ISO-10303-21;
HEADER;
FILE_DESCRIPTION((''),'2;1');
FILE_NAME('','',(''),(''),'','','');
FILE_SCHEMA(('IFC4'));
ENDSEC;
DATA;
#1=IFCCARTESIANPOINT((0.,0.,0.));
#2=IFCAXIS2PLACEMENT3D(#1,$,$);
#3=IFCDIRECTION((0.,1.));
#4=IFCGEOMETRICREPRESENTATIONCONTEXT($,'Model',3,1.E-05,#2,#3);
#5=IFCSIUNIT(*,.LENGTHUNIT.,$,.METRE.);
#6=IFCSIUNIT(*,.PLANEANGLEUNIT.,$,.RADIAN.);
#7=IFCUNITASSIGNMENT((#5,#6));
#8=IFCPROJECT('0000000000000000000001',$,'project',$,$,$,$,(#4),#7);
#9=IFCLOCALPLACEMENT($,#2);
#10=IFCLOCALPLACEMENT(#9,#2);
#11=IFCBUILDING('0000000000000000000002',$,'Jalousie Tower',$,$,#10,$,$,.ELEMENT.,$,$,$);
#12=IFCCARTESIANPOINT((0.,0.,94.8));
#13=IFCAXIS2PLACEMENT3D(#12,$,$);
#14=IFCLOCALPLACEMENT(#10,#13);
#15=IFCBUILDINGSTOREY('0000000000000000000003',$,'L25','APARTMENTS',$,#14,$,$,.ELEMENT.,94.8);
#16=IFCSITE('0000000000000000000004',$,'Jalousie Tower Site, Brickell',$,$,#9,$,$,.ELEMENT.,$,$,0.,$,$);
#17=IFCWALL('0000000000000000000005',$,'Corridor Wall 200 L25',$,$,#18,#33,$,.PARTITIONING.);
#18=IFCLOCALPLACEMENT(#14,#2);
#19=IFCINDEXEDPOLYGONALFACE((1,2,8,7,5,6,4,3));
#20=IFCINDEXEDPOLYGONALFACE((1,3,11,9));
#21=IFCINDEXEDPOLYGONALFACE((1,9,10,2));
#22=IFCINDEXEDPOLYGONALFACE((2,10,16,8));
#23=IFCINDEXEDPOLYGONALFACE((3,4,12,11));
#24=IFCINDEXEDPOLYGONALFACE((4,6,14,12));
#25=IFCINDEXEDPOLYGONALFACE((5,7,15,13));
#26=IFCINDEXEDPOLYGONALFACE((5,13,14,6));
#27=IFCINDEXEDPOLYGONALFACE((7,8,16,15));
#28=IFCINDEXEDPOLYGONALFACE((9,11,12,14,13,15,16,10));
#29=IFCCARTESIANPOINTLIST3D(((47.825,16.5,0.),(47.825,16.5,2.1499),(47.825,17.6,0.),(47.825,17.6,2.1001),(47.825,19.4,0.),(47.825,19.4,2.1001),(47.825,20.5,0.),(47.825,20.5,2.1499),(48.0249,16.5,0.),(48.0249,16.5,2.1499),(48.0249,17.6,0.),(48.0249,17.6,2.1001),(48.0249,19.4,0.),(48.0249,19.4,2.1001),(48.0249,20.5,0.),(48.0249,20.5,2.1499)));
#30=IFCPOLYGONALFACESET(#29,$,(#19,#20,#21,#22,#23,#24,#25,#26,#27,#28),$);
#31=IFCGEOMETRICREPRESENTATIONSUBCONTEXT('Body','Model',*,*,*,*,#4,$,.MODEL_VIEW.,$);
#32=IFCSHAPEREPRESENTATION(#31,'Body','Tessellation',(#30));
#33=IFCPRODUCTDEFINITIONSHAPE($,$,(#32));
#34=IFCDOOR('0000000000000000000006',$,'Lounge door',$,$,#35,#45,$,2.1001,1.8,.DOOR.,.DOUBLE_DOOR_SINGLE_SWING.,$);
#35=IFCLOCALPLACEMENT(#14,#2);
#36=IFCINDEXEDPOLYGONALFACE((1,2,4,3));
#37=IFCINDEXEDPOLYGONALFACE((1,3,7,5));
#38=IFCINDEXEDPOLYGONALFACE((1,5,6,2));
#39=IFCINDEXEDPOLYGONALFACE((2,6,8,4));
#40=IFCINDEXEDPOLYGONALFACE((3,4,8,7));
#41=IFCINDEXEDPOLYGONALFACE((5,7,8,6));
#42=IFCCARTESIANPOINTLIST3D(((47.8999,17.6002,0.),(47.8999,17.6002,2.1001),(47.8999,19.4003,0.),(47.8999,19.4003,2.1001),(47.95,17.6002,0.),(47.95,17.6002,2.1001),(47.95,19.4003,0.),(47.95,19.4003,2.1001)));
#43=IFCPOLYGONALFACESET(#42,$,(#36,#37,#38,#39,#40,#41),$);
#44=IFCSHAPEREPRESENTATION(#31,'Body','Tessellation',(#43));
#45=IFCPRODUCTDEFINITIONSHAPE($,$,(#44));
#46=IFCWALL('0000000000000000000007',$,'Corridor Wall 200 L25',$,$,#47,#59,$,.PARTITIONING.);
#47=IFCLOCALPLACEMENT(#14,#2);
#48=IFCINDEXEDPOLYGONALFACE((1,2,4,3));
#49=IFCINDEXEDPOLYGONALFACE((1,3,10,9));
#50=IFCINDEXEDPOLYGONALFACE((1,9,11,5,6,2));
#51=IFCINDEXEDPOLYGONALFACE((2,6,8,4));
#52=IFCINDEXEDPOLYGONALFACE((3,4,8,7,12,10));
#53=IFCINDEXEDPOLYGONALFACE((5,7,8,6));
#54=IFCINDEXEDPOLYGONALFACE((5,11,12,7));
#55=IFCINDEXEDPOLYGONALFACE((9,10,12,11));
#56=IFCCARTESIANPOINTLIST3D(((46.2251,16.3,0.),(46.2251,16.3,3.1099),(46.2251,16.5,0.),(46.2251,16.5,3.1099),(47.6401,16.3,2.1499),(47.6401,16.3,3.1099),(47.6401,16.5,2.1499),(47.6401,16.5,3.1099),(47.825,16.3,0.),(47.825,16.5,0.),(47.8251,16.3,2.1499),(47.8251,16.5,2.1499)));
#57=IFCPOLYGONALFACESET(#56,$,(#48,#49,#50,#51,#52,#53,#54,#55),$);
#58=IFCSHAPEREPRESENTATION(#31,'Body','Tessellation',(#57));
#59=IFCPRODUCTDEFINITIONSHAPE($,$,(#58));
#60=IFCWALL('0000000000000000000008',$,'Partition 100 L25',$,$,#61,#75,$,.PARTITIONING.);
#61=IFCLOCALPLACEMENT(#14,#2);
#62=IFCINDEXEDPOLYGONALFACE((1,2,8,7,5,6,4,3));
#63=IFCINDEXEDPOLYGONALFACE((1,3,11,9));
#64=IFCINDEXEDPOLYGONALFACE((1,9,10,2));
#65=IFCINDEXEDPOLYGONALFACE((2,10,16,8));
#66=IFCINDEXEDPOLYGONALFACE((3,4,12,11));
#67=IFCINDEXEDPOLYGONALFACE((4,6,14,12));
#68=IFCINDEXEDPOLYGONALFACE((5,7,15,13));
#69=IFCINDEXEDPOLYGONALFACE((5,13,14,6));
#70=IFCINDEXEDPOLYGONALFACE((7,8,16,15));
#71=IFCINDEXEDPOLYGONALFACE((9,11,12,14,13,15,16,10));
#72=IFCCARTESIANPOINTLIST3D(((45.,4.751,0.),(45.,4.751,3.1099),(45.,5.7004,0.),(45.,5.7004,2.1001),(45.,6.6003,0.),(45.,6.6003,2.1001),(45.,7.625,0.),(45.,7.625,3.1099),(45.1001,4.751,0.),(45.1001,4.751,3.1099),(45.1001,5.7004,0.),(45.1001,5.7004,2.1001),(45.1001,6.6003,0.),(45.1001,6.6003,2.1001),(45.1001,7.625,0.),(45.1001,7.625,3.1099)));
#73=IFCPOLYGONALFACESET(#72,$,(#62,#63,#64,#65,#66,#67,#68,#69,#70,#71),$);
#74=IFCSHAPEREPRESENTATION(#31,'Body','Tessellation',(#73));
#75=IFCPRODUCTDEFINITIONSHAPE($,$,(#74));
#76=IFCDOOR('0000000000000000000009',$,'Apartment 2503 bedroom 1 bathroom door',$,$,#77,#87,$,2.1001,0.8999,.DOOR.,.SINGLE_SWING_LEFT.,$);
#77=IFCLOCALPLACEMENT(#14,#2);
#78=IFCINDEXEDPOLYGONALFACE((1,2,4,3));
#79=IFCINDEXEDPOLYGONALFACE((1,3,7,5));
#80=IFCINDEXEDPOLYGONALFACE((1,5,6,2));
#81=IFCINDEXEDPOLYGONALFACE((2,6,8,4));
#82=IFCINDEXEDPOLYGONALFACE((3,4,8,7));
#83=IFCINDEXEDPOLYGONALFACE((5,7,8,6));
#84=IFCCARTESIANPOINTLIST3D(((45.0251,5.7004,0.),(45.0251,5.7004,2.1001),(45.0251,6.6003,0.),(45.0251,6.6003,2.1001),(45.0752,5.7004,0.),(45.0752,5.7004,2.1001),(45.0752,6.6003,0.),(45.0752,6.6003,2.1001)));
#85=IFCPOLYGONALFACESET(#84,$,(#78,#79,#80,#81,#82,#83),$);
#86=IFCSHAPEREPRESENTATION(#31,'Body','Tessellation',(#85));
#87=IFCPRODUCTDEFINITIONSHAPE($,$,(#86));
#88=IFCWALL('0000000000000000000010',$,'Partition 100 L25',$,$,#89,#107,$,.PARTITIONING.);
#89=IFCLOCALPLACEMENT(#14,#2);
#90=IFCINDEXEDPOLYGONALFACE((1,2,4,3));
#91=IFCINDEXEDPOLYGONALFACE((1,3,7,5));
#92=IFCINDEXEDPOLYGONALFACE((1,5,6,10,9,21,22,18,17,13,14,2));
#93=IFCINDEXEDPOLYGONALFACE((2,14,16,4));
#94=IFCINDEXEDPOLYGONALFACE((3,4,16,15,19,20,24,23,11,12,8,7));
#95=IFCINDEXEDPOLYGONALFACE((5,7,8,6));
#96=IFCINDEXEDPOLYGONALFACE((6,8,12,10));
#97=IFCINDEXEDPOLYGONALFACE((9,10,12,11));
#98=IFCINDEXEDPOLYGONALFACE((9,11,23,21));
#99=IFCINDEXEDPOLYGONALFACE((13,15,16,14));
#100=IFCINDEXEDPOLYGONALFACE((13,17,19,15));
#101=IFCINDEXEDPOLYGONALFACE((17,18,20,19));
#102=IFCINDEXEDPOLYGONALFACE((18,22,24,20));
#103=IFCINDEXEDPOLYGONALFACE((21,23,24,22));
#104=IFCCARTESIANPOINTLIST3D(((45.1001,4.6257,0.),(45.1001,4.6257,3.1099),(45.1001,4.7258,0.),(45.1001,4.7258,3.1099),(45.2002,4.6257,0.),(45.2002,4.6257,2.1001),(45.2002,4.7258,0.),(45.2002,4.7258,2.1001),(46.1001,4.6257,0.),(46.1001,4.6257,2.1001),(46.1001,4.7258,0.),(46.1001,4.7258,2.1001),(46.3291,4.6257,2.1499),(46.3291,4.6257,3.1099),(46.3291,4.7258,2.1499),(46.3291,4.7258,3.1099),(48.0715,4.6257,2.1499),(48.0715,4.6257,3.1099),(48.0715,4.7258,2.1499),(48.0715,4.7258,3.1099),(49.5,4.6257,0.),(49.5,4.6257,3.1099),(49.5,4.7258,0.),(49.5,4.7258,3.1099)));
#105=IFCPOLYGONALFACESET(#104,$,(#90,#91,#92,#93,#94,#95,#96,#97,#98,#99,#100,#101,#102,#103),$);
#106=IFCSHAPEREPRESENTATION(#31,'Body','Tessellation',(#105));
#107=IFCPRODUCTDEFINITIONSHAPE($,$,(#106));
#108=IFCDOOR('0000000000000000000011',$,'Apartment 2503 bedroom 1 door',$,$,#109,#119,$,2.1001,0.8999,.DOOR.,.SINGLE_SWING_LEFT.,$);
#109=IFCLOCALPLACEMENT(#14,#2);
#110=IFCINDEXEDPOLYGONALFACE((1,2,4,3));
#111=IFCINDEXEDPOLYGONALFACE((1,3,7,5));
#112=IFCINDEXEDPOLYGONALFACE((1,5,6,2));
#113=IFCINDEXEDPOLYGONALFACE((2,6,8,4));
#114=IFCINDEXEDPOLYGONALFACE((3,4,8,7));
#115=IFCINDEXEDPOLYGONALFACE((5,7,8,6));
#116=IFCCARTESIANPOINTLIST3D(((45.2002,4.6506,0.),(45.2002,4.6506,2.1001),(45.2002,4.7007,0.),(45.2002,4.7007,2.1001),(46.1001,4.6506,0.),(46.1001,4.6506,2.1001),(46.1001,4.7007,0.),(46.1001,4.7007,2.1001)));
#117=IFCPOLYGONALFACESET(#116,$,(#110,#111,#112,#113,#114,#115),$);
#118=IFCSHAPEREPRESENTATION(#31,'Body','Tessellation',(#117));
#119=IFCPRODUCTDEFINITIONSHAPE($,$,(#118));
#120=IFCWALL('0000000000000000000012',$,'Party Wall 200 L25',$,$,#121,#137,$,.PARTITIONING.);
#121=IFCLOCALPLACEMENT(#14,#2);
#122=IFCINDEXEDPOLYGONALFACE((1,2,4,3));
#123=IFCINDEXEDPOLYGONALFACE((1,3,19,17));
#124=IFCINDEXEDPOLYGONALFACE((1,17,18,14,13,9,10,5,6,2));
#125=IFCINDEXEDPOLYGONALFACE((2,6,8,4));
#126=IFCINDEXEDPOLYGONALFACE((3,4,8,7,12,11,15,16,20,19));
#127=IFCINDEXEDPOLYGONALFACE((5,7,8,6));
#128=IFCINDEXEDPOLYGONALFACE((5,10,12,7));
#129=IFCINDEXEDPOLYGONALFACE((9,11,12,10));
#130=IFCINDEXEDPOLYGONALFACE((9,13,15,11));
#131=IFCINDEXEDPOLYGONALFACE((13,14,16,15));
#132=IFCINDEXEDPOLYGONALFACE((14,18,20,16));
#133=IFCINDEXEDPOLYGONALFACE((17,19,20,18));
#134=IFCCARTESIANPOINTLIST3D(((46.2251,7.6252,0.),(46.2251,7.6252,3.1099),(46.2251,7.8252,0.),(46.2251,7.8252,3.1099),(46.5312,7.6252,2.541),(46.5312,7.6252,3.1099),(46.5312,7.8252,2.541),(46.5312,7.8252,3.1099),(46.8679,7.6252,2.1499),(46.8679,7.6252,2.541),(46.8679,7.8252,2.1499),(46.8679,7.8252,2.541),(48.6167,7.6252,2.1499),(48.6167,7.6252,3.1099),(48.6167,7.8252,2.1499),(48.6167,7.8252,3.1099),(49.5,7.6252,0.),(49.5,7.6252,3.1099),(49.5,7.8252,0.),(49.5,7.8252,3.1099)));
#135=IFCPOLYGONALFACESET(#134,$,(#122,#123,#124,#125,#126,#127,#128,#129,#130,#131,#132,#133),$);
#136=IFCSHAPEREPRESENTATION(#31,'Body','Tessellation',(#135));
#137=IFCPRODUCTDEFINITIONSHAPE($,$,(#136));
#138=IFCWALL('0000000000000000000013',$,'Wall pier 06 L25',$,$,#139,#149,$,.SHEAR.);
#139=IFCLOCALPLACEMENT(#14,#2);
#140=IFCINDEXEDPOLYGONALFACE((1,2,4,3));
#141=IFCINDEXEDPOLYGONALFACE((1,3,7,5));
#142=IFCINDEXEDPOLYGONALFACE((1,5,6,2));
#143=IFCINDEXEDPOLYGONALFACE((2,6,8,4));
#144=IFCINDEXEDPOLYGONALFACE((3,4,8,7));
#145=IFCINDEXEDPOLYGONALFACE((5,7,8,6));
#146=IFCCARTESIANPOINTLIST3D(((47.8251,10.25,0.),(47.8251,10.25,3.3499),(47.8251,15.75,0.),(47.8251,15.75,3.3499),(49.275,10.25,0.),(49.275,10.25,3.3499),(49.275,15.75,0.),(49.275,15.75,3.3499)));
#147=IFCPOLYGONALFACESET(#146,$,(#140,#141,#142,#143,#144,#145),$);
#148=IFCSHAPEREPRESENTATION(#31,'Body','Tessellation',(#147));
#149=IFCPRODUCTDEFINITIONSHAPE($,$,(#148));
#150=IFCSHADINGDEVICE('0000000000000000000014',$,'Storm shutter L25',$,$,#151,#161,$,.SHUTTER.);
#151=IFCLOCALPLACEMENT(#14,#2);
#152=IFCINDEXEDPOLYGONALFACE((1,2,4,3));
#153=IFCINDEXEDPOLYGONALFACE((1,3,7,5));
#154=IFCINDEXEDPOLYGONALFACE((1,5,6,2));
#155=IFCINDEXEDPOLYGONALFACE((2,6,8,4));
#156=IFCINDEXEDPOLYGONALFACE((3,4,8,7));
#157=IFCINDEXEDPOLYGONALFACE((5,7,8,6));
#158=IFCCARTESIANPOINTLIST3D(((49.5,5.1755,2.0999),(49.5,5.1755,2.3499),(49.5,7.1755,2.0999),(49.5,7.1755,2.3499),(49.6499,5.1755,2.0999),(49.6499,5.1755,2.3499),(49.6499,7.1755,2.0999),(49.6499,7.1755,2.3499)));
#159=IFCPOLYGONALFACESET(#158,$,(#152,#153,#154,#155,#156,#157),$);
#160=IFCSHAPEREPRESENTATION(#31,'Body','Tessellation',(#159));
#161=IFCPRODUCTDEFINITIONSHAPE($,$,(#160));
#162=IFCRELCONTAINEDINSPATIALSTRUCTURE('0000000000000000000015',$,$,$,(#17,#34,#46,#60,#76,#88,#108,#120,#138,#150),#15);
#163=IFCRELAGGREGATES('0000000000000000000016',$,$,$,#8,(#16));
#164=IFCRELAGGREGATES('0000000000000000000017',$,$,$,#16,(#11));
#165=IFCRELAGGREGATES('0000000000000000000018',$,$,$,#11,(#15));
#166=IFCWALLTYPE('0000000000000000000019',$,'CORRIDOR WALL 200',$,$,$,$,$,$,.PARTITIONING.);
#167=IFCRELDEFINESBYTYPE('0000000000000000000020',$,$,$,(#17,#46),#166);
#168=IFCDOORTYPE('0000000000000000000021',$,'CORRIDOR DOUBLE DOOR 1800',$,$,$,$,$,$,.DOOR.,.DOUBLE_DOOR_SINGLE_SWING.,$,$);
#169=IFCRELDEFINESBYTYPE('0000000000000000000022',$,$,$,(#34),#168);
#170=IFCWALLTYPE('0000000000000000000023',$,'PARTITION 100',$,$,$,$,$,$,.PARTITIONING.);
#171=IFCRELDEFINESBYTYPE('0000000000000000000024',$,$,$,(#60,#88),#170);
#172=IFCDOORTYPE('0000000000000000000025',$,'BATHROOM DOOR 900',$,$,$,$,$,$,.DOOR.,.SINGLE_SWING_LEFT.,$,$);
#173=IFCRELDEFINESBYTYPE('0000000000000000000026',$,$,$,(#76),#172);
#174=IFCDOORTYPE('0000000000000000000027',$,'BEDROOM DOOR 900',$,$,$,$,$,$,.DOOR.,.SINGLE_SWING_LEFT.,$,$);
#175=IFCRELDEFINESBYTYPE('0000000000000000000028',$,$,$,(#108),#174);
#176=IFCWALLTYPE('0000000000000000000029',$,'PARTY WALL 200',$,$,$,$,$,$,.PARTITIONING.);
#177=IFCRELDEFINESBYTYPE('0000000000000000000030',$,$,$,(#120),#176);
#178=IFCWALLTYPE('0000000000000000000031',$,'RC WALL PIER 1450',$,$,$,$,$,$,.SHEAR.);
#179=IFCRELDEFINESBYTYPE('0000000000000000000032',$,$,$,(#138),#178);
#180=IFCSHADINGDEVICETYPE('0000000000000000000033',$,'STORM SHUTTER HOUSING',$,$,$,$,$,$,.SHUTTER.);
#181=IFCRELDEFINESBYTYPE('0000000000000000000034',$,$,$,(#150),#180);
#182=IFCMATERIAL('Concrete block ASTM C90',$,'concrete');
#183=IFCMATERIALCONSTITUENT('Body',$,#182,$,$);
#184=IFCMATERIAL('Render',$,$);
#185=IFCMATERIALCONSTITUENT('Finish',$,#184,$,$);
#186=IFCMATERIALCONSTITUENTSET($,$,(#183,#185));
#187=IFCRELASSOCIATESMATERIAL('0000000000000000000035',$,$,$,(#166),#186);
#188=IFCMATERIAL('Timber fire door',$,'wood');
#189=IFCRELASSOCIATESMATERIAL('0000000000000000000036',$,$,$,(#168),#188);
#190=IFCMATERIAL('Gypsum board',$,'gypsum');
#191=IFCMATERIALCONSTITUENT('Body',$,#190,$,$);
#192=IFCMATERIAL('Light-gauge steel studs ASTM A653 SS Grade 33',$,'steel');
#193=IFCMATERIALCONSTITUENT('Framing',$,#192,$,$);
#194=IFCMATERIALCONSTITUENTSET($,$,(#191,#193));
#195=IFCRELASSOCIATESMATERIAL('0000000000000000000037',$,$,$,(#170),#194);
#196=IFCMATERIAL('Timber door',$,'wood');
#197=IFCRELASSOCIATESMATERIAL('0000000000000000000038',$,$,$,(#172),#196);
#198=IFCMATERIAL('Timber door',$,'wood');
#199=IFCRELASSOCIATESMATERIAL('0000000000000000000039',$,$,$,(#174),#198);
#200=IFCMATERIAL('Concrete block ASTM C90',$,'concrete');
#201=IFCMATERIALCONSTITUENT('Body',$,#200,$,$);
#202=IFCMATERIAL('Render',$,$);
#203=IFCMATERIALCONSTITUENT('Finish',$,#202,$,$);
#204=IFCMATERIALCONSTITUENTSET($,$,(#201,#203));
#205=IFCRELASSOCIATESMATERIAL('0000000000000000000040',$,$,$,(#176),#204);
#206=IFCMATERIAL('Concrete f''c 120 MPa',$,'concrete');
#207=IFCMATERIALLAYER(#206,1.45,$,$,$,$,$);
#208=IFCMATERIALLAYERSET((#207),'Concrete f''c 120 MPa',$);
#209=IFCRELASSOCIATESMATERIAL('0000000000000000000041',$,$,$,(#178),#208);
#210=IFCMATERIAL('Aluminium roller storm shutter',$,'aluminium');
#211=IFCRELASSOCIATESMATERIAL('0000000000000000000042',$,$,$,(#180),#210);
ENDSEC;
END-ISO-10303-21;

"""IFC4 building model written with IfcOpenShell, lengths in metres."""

from ifc_helpers import new_model, si_unit, direction, frame, frame_2d, origin, origin_2d, place, context, subcontext, project, spatial, polyline, rectangle, outline, extrude, material, layer, layer_set, constituent, constituent_set, type_object, element, fill, save


model = new_model("IFC4")

# Units and contexts
model_context = context("Model", 3, precision=1e-05, world=origin(), true_north=direction((0.0, 1.0)))
body_context = subcontext(model_context, "Body", "Model", "MODEL_VIEW")
ifc_project = project(units=[si_unit("LENGTHUNIT", "METRE"), si_unit("PLANEANGLEUNIT", "RADIAN")], contexts=[model_context])

# Site, building, storey
site_placement = place(None, origin())
site = spatial("IfcSite", under=ifc_project, at=site_placement, Name="Jalousie Tower Site, Brickell", CompositionType="ELEMENT", RefElevation=0.0)
building_placement = place(site_placement, origin())
building = spatial("IfcBuilding", under=site, at=building_placement, Name="Jalousie Tower", CompositionType="ELEMENT")
storey_placement = place(building_placement, frame((0.0, 0.0, 94.8)))
storey = spatial("IfcBuildingStorey", under=building, at=storey_placement, Name="L25", Description="APARTMENTS", CompositionType="ELEMENT", Elevation=94.8)

# Shared definitions
ifc_material_1 = material(Name="Concrete block ASTM C90", Category="concrete")
ifc_constituent_1 = constituent(ifc_material_1, Name="Body")
ifc_material_2 = material(Name="Render")
ifc_constituent_2 = constituent(ifc_material_2, Name="Finish")
ifc_constituent_set_1 = constituent_set(constituents=[ifc_constituent_1, ifc_constituent_2])
wall_type_1 = type_object("IfcWallType", Name="CORRIDOR WALL 200", PredefinedType="PARTITIONING", material=ifc_constituent_set_1)

# Wall, opening, door
wall_1_placement = place(storey_placement, frame((47.925, 16.5, 0.0), z_axis=(0.0, 0.0, 1.0), x_axis=(0.0, 1.0, 0.0)))
wall_1 = element("IfcWall", 1, at=wall_1_placement, inside=storey, type_object=wall_type_1, Name="Corridor Wall 200 L25", PredefinedType="PARTITIONING", context=body_context, shape_type="SweptSolid", body=[
    extrude(outline(polyline([(0.0, 0.0), (4.0, 0.0), (4.0, 3.1099), (4.0, 2.1499), (0.0, 2.1499), (0.0, 3.1099), (0.0, 0.0)])), frame((0.0, 0.1001, 0.0), z_axis=(0.0, -1.0, 0.0), x_axis=(1.0, 0.0, 0.0)), (0.0, 0.0, 1.0), 0.2),
])
opening_1_placement = place(wall_1_placement, frame((1.1001, 0.0, 0.0)))
opening_1 = element("IfcOpeningElement", 2, at=opening_1_placement, cuts=wall_1, PredefinedType="OPENING", context=body_context, shape_type="SweptSolid", body=[
    extrude(rectangle(XDim=1.8, YDim=2.1001, at=frame_2d((0.8999, 1.05))), frame((0.0, 0.1099, 0.0), z_axis=(0.0, -1.0, 0.0), x_axis=(1.0, 0.0, 0.0)), (0.0, 0.0, 1.0), 0.22),
])
ifc_material_3 = material(Name="Timber fire door", Category="wood")
door_type_1 = type_object("IfcDoorType", Name="CORRIDOR DOUBLE DOOR 1800", OperationType="DOUBLE_DOOR_SINGLE_SWING", PredefinedType="DOOR", material=ifc_material_3)
door_1_placement = place(opening_1_placement, frame((1.8, 0.0, 0.0), z_axis=(0.0, 0.0, 1.0), x_axis=(-1.0, 0.0, 0.0)))
door_1 = element("IfcDoor", 3, at=door_1_placement, inside=storey, type_object=door_type_1, Name="Lounge door", OperationType="DOUBLE_DOOR_SINGLE_SWING", OverallHeight=2.1001, OverallWidth=1.8, PredefinedType="DOOR", context=body_context, shape_type="SweptSolid", body=[
    extrude(rectangle(XDim=1.8, YDim=2.1001, at=frame_2d((0.8999, 1.05))), frame((0.0, 0.0249, 0.0), z_axis=(0.0, -1.0, 0.0), x_axis=(1.0, 0.0, 0.0)), (0.0, 0.0, 1.0), 0.05),
])
fill(opening_1, door_1)

# Wall
wall_2_placement = place(storey_placement, frame((46.2251, 16.3999, 0.0), z_axis=(0.0, 0.0, 1.0), x_axis=(1.0, 0.0, 0.0)))
element("IfcWall", 4, at=wall_2_placement, inside=storey, type_object=wall_type_1, Name="Corridor Wall 200 L25", PredefinedType="PARTITIONING", context=body_context, shape_type="SweptSolid", body=[
    extrude(outline(polyline([(0.0, 0.0), (1.5999, 0.0), (1.6001, 3.1099), (1.6001, 2.1499), (1.415, 2.1499), (1.415, 3.1099), (0.0, 3.1099), (0.0, 0.0)])), frame((0.0, 0.1001, 0.0), z_axis=(0.0, -1.0, 0.0), x_axis=(1.0, 0.0, 0.0)), (0.0, 0.0, 1.0), 0.2),
])

# Walls, openings, doors
ifc_material_4 = material(Name="Gypsum board", Category="gypsum")
ifc_constituent_3 = constituent(ifc_material_4, Name="Body")
ifc_material_5 = material(Name="Light-gauge steel studs ASTM A653 SS Grade 33", Category="steel")
ifc_constituent_4 = constituent(ifc_material_5, Name="Framing")
ifc_constituent_set_2 = constituent_set(constituents=[ifc_constituent_3, ifc_constituent_4])
wall_type_2 = type_object("IfcWallType", Name="PARTITION 100", PredefinedType="PARTITIONING", material=ifc_constituent_set_2)
wall_3_placement = place(storey_placement, frame((45.05, 4.751, 0.0), z_axis=(0.0, 0.0, 1.0), x_axis=(0.0, 1.0, 0.0)))
wall_3 = element("IfcWall", 5, at=wall_3_placement, inside=storey, type_object=wall_type_2, Name="Partition 100 L25", PredefinedType="PARTITIONING", context=body_context, shape_type="SweptSolid", body=[
    extrude(rectangle(XDim=2.874, YDim=0.1001, at=frame_2d((1.437, 0.0))), origin(), (0.0, 0.0, 1.0), 3.1099),
])
opening_2_placement = place(wall_3_placement, frame((0.9495, 0.0, 0.0)))
opening_2 = element("IfcOpeningElement", 6, at=opening_2_placement, cuts=wall_3, PredefinedType="OPENING", context=body_context, shape_type="SweptSolid", body=[
    extrude(rectangle(XDim=0.8999, YDim=2.1001, at=frame_2d((0.45, 1.05))), frame((0.0, 0.0601, 0.0), z_axis=(0.0, -1.0, 0.0), x_axis=(1.0, 0.0, 0.0)), (0.0, 0.0, 1.0), 0.1201),
])
ifc_material_6 = material(Name="Timber door", Category="wood")
door_type_2 = type_object("IfcDoorType", Name="BATHROOM DOOR 900", OperationType="SINGLE_SWING_LEFT", PredefinedType="DOOR", material=ifc_material_6)
door_2_placement = place(opening_2_placement, origin())
door_2 = element("IfcDoor", 7, at=door_2_placement, inside=storey, type_object=door_type_2, Name="Apartment 2503 bedroom 1 bathroom door", OperationType="SINGLE_SWING_LEFT", OverallHeight=2.1001, OverallWidth=0.8999, PredefinedType="DOOR", context=body_context, shape_type="SweptSolid", body=[
    extrude(rectangle(XDim=0.8999, YDim=2.1001, at=frame_2d((0.45, 1.05))), frame((0.0, 0.0249, 0.0), z_axis=(0.0, -1.0, 0.0), x_axis=(1.0, 0.0, 0.0)), (0.0, 0.0, 1.0), 0.05),
])
fill(opening_2, door_2)
wall_4_placement = place(storey_placement, frame((45.1001, 4.6758, 0.0), z_axis=(0.0, 0.0, 1.0), x_axis=(1.0, 0.0, 0.0)))
wall_4 = element("IfcWall", 8, at=wall_4_placement, inside=storey, type_object=wall_type_2, Name="Partition 100 L25", PredefinedType="PARTITIONING", context=body_context, shape_type="SweptSolid", body=[
    extrude(outline(polyline([(0.0, 0.0), (4.3999, 0.0), (4.3999, 3.1099), (2.9714, 3.1099), (2.9714, 2.1499), (1.229, 2.1499), (1.229, 3.1099), (0.0, 3.1099), (0.0, 0.0)])), frame((0.0, 0.05, 0.0), z_axis=(0.0, -1.0, 0.0), x_axis=(1.0, 0.0, 0.0)), (0.0, 0.0, 1.0), 0.1001),
])
opening_3_placement = place(wall_4_placement, frame((0.1001, 0.0, 0.0)))
opening_3 = element("IfcOpeningElement", 9, at=opening_3_placement, cuts=wall_4, PredefinedType="OPENING", context=body_context, shape_type="SweptSolid", body=[
    extrude(rectangle(XDim=0.8999, YDim=2.1001, at=frame_2d((0.45, 1.05))), frame((0.0, 0.0601, 0.0), z_axis=(0.0, -1.0, 0.0), x_axis=(1.0, 0.0, 0.0)), (0.0, 0.0, 1.0), 0.1201),
])
ifc_material_7 = material(Name="Timber door", Category="wood")
door_type_3 = type_object("IfcDoorType", Name="BEDROOM DOOR 900", OperationType="SINGLE_SWING_LEFT", PredefinedType="DOOR", material=ifc_material_7)
door_3_placement = place(opening_3_placement, origin())
door_3 = element("IfcDoor", 10, at=door_3_placement, inside=storey, type_object=door_type_3, Name="Apartment 2503 bedroom 1 door", OperationType="SINGLE_SWING_LEFT", OverallHeight=2.1001, OverallWidth=0.8999, PredefinedType="DOOR", context=body_context, shape_type="SweptSolid", body=[
    extrude(rectangle(XDim=0.8999, YDim=2.1001, at=frame_2d((0.45, 1.05))), frame((0.0, 0.0249, 0.0), z_axis=(0.0, -1.0, 0.0), x_axis=(1.0, 0.0, 0.0)), (0.0, 0.0, 1.0), 0.05),
])
fill(opening_3, door_3)

# Walls
ifc_material_8 = material(Name="Concrete block ASTM C90", Category="concrete")
ifc_constituent_5 = constituent(ifc_material_8, Name="Body")
ifc_material_9 = material(Name="Render")
ifc_constituent_6 = constituent(ifc_material_9, Name="Finish")
ifc_constituent_set_3 = constituent_set(constituents=[ifc_constituent_5, ifc_constituent_6])
wall_type_3 = type_object("IfcWallType", Name="PARTY WALL 200", PredefinedType="PARTITIONING", material=ifc_constituent_set_3)
wall_5_placement = place(storey_placement, frame((46.2251, 7.7251, 0.0), z_axis=(0.0, 0.0, 1.0), x_axis=(1.0, 0.0, 0.0)))
element("IfcWall", 11, at=wall_5_placement, inside=storey, type_object=wall_type_3, Name="Party Wall 200 L25", PredefinedType="PARTITIONING", context=body_context, shape_type="SweptSolid", body=[
    extrude(outline(polyline([(0.0, 0.0), (3.2749, 0.0), (3.2749, 3.1099), (2.3916, 3.1099), (2.3916, 2.1499), (0.6428, 2.1499), (0.6428, 2.541), (0.3062, 2.541), (0.3062, 3.1099), (0.0, 3.1099), (0.0, 0.0)])), frame((0.0, 0.1001, 0.0), z_axis=(0.0, -1.0, 0.0), x_axis=(1.0, 0.0, 0.0)), (0.0, 0.0, 1.0), 0.2),
])
ifc_material_10 = material(Name="Concrete f'c 120 MPa", Category="concrete")
ifc_layer_1 = layer(ifc_material_10, 1.45)
ifc_layer_set_1 = layer_set([ifc_layer_1], Name="Concrete f'c 120 MPa")
wall_type_4 = type_object("IfcWallType", Name="RC WALL PIER 1450", PredefinedType="SHEAR", material=ifc_layer_set_1)
wall_6_placement = place(storey_placement, frame((48.55, 10.25, 0.0), z_axis=(0.0, 0.0, 1.0), x_axis=(0.0, 1.0, 0.0)))
element("IfcWall", 12, at=wall_6_placement, inside=storey, type_object=wall_type_4, Name="Wall pier 06 L25", PredefinedType="SHEAR", context=body_context, shape_type="SweptSolid", body=[
    extrude(rectangle(XDim=5.5, YDim=1.45, at=frame_2d((2.75, 0.0))), origin(), (0.0, 0.0, 1.0), 3.3499),
])

# Shading device
ifc_material_11 = material(Name="Aluminium roller storm shutter", Category="aluminium")
shading_device_type = type_object("IfcShadingDeviceType", Name="STORM SHUTTER HOUSING", PredefinedType="SHUTTER", material=ifc_material_11)
shading_device_placement = place(storey_placement, frame((49.575, 6.1755, 2.0999), z_axis=(0.0, 0.0, 1.0), x_axis=(0.0, 1.0, 0.0)))
element("IfcShadingDevice", 13, at=shading_device_placement, inside=storey, type_object=shading_device_type, Name="Storm shutter L25", PredefinedType="SHUTTER", context=body_context, shape_type="SweptSolid", body=[
    extrude(rectangle(XDim=2.0, YDim=0.1499, at=origin_2d()), origin(), (0.0, 0.0, 1.0), 0.25),
])

save(model, "model.ifc")
